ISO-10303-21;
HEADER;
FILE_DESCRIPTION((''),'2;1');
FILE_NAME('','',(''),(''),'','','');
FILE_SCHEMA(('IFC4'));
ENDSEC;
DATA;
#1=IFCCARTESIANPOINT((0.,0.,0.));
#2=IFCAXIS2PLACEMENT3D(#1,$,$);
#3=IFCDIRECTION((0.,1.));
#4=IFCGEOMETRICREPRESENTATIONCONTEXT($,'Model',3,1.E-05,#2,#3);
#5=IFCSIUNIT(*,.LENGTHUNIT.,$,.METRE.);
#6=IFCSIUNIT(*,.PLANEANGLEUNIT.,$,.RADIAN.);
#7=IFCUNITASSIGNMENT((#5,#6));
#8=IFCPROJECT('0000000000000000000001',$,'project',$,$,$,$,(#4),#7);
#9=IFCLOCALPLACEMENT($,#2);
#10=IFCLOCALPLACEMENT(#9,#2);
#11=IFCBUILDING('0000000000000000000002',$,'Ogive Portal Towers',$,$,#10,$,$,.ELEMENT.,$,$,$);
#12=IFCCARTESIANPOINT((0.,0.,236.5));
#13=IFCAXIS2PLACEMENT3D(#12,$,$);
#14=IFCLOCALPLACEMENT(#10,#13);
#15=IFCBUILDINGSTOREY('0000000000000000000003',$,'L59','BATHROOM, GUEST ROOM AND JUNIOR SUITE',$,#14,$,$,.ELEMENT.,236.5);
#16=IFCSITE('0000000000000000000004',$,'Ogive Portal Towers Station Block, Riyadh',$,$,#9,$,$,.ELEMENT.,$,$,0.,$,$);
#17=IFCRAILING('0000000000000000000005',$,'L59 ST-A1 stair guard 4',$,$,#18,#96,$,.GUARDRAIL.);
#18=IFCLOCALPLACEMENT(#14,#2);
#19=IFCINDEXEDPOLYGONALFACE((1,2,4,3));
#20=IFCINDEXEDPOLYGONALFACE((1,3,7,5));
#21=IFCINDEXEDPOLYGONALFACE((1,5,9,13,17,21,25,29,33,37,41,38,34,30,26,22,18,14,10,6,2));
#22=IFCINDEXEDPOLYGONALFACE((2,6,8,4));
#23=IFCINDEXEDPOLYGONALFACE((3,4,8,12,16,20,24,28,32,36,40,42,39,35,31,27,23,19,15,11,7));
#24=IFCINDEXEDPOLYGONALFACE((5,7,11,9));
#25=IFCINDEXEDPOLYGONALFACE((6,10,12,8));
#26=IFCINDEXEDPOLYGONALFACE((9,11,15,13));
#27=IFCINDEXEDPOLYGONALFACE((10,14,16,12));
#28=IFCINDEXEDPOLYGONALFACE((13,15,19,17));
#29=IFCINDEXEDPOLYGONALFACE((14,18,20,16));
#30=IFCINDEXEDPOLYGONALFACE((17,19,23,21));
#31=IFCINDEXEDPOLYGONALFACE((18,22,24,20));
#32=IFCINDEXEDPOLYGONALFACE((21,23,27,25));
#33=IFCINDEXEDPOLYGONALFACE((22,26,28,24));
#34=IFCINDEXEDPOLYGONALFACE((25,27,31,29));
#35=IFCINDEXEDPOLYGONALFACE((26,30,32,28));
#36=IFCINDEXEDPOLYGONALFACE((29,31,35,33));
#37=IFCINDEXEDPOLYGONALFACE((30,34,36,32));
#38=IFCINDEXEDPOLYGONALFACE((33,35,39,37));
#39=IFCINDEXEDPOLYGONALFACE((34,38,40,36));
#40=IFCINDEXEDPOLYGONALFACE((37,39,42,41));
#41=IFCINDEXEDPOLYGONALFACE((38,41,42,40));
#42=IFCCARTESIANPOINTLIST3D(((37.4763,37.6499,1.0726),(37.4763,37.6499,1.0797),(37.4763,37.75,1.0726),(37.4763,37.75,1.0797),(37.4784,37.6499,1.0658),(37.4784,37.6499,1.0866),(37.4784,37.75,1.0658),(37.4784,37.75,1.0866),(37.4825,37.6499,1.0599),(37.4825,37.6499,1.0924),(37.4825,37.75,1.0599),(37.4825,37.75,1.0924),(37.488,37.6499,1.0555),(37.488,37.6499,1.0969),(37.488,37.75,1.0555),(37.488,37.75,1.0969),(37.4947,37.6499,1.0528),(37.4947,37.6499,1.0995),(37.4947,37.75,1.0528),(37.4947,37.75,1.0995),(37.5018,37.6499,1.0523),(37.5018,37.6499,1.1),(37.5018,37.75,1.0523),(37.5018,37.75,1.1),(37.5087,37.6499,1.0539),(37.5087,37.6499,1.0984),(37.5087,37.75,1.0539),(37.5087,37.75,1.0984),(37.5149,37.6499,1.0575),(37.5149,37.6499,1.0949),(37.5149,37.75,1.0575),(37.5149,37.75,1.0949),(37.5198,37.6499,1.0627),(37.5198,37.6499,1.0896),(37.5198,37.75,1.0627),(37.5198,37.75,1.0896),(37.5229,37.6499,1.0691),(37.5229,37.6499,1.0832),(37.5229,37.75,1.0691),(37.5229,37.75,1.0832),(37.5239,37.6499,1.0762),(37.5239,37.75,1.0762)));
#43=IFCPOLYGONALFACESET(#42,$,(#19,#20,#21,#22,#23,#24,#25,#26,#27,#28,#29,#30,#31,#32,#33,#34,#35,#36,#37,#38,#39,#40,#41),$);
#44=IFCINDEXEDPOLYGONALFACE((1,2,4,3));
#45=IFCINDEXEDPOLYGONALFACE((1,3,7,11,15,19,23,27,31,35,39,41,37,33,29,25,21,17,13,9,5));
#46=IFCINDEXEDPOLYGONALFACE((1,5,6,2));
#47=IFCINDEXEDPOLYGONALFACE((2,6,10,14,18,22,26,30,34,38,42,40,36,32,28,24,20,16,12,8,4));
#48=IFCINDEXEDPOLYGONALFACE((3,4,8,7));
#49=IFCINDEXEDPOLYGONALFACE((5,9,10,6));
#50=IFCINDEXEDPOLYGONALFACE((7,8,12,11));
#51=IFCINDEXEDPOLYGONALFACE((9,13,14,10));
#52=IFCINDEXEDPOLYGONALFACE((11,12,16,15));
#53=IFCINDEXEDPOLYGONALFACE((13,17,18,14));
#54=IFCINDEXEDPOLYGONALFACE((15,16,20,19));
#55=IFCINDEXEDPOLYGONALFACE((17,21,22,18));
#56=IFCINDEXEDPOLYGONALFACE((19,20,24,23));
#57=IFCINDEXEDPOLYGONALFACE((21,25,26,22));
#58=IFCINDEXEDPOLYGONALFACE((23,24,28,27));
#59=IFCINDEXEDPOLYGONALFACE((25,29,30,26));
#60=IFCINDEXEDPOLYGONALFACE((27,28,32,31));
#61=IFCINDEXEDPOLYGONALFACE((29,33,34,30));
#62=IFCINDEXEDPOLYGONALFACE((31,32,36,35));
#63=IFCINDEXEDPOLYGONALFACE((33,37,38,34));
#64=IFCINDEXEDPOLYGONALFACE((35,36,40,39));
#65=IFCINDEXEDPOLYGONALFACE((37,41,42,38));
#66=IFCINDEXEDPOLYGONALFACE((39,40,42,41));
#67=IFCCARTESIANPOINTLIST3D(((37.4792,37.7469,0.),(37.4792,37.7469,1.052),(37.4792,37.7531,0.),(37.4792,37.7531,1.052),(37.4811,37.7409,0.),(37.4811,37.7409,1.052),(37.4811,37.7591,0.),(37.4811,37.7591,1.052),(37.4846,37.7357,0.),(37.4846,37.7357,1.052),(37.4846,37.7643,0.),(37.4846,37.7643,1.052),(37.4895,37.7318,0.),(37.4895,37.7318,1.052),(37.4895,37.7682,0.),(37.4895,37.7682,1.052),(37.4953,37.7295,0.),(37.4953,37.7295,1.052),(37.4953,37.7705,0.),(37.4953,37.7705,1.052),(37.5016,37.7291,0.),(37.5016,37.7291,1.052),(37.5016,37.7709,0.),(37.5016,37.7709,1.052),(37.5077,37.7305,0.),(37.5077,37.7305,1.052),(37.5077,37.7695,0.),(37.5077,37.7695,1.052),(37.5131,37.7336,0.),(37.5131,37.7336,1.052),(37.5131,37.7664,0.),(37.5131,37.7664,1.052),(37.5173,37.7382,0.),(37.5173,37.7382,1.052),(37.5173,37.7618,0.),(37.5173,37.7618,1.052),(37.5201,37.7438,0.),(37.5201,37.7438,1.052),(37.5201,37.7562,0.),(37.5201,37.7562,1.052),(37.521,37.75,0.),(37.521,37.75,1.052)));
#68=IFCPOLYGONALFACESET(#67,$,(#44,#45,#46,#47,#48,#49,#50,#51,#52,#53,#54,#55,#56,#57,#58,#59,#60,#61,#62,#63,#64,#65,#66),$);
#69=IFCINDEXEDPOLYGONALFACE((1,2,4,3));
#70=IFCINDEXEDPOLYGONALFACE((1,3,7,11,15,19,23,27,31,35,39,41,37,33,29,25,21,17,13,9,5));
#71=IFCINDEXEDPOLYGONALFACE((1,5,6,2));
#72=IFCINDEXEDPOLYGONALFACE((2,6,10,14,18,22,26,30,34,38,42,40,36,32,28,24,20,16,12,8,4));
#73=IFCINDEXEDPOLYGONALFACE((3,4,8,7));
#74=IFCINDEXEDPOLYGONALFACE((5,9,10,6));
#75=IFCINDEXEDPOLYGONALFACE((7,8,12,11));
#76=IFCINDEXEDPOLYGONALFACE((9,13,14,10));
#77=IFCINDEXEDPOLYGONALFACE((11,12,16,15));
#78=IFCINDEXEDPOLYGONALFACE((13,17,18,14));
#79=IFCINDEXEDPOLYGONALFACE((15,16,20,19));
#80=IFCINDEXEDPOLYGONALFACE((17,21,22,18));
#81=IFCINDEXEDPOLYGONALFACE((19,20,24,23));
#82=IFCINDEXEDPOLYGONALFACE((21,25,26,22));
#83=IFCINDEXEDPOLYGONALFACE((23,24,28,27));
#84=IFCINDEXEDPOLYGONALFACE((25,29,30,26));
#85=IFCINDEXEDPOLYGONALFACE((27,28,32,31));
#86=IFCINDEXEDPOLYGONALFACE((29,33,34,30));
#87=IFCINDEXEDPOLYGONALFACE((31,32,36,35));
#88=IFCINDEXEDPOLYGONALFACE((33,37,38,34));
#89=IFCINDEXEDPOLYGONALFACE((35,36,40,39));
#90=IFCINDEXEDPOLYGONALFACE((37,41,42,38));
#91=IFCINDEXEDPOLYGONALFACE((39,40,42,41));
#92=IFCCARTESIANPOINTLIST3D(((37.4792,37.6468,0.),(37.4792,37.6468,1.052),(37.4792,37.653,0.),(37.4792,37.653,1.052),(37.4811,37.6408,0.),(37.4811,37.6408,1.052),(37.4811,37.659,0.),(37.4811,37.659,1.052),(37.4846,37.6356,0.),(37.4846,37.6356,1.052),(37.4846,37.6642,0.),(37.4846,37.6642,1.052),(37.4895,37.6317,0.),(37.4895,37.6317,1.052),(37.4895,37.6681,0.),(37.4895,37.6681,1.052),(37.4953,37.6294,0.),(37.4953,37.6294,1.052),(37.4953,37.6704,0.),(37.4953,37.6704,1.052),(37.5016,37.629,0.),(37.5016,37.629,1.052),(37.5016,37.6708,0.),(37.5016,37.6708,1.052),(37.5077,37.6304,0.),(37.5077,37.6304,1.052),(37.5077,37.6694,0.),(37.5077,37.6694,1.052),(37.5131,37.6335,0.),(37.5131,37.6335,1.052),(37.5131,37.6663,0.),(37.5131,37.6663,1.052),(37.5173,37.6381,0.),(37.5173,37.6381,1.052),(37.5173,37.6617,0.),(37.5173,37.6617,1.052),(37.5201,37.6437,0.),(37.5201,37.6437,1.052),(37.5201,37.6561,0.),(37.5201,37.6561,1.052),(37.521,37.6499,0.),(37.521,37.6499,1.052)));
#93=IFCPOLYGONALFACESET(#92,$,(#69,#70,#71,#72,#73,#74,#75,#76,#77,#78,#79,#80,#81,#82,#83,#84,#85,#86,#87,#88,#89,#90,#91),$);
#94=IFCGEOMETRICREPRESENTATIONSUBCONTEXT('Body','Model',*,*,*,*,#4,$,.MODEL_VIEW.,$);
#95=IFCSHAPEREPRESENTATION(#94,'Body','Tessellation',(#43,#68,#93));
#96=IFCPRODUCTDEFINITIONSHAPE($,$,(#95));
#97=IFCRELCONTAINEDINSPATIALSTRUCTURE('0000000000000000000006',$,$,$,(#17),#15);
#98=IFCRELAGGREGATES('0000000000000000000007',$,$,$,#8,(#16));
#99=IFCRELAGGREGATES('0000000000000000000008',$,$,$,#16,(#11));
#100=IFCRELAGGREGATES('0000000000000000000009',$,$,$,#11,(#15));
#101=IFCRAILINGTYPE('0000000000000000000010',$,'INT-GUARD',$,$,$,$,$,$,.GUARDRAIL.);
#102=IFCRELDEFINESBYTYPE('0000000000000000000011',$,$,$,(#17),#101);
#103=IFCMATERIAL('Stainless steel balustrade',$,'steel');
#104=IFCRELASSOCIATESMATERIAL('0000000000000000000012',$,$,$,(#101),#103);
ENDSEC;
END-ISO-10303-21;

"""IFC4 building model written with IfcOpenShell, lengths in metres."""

from ifc_helpers import new_model, si_unit, direction, frame, origin, origin_2d, place, context, subcontext, project, spatial, circle, extrude, material, type_object, element, save


model = new_model("IFC4")

# Units and contexts
model_context = context("Model", 3, precision=1e-05, world=origin(), true_north=direction((0.0, 1.0)))
body_context = subcontext(model_context, "Body", "Model", "MODEL_VIEW")
ifc_project = project(units=[si_unit("LENGTHUNIT", "METRE"), si_unit("PLANEANGLEUNIT", "RADIAN")], contexts=[model_context])

# Site, building, storey
site_placement = place(None, origin())
site = spatial("IfcSite", under=ifc_project, at=site_placement, Name="Ogive Portal Towers Station Block, Riyadh", CompositionType="ELEMENT", RefElevation=0.0)
building_placement = place(site_placement, origin())
building = spatial("IfcBuilding", under=site, at=building_placement, Name="Ogive Portal Towers", CompositionType="ELEMENT")
storey_placement = place(building_placement, frame((0.0, 0.0, 236.5)))
storey = spatial("IfcBuildingStorey", under=building, at=storey_placement, Name="L59", Description="BATHROOM, GUEST ROOM AND JUNIOR SUITE", CompositionType="ELEMENT", Elevation=236.5)

# Railing
ifc_material_1 = material(Name="Stainless steel balustrade", Category="steel")
railing_type_1 = type_object("IfcRailingType", Name="INT-GUARD", PredefinedType="GUARDRAIL", material=ifc_material_1)
railing_1_placement = place(storey_placement, frame((37.5, 37.75, 0.0)))
element("IfcRailing", 1, at=railing_1_placement, inside=storey, type_object=railing_type_1, Name="L59 ST-A1 stair guard 4", PredefinedType="GUARDRAIL", context=body_context, shape_type="SweptSolid", body=[
    extrude(circle(Radius=0.0239, at=origin_2d()), frame((0.0, 0.0, 1.0762), z_axis=(0.0, -1.0, 0.0), x_axis=(1.0, 0.0, 0.0)), (0.0, 0.0, 1.0), 0.1001),
    extrude(circle(Radius=0.021, at=origin_2d()), origin(), (0.0, 0.0, 1.0), 1.052),
    extrude(circle(Radius=0.021, at=origin_2d()), frame((0.0, -0.1001, 0.0)), (0.0, 0.0, 1.0), 1.052),
])

save(model, "model.ifc")
